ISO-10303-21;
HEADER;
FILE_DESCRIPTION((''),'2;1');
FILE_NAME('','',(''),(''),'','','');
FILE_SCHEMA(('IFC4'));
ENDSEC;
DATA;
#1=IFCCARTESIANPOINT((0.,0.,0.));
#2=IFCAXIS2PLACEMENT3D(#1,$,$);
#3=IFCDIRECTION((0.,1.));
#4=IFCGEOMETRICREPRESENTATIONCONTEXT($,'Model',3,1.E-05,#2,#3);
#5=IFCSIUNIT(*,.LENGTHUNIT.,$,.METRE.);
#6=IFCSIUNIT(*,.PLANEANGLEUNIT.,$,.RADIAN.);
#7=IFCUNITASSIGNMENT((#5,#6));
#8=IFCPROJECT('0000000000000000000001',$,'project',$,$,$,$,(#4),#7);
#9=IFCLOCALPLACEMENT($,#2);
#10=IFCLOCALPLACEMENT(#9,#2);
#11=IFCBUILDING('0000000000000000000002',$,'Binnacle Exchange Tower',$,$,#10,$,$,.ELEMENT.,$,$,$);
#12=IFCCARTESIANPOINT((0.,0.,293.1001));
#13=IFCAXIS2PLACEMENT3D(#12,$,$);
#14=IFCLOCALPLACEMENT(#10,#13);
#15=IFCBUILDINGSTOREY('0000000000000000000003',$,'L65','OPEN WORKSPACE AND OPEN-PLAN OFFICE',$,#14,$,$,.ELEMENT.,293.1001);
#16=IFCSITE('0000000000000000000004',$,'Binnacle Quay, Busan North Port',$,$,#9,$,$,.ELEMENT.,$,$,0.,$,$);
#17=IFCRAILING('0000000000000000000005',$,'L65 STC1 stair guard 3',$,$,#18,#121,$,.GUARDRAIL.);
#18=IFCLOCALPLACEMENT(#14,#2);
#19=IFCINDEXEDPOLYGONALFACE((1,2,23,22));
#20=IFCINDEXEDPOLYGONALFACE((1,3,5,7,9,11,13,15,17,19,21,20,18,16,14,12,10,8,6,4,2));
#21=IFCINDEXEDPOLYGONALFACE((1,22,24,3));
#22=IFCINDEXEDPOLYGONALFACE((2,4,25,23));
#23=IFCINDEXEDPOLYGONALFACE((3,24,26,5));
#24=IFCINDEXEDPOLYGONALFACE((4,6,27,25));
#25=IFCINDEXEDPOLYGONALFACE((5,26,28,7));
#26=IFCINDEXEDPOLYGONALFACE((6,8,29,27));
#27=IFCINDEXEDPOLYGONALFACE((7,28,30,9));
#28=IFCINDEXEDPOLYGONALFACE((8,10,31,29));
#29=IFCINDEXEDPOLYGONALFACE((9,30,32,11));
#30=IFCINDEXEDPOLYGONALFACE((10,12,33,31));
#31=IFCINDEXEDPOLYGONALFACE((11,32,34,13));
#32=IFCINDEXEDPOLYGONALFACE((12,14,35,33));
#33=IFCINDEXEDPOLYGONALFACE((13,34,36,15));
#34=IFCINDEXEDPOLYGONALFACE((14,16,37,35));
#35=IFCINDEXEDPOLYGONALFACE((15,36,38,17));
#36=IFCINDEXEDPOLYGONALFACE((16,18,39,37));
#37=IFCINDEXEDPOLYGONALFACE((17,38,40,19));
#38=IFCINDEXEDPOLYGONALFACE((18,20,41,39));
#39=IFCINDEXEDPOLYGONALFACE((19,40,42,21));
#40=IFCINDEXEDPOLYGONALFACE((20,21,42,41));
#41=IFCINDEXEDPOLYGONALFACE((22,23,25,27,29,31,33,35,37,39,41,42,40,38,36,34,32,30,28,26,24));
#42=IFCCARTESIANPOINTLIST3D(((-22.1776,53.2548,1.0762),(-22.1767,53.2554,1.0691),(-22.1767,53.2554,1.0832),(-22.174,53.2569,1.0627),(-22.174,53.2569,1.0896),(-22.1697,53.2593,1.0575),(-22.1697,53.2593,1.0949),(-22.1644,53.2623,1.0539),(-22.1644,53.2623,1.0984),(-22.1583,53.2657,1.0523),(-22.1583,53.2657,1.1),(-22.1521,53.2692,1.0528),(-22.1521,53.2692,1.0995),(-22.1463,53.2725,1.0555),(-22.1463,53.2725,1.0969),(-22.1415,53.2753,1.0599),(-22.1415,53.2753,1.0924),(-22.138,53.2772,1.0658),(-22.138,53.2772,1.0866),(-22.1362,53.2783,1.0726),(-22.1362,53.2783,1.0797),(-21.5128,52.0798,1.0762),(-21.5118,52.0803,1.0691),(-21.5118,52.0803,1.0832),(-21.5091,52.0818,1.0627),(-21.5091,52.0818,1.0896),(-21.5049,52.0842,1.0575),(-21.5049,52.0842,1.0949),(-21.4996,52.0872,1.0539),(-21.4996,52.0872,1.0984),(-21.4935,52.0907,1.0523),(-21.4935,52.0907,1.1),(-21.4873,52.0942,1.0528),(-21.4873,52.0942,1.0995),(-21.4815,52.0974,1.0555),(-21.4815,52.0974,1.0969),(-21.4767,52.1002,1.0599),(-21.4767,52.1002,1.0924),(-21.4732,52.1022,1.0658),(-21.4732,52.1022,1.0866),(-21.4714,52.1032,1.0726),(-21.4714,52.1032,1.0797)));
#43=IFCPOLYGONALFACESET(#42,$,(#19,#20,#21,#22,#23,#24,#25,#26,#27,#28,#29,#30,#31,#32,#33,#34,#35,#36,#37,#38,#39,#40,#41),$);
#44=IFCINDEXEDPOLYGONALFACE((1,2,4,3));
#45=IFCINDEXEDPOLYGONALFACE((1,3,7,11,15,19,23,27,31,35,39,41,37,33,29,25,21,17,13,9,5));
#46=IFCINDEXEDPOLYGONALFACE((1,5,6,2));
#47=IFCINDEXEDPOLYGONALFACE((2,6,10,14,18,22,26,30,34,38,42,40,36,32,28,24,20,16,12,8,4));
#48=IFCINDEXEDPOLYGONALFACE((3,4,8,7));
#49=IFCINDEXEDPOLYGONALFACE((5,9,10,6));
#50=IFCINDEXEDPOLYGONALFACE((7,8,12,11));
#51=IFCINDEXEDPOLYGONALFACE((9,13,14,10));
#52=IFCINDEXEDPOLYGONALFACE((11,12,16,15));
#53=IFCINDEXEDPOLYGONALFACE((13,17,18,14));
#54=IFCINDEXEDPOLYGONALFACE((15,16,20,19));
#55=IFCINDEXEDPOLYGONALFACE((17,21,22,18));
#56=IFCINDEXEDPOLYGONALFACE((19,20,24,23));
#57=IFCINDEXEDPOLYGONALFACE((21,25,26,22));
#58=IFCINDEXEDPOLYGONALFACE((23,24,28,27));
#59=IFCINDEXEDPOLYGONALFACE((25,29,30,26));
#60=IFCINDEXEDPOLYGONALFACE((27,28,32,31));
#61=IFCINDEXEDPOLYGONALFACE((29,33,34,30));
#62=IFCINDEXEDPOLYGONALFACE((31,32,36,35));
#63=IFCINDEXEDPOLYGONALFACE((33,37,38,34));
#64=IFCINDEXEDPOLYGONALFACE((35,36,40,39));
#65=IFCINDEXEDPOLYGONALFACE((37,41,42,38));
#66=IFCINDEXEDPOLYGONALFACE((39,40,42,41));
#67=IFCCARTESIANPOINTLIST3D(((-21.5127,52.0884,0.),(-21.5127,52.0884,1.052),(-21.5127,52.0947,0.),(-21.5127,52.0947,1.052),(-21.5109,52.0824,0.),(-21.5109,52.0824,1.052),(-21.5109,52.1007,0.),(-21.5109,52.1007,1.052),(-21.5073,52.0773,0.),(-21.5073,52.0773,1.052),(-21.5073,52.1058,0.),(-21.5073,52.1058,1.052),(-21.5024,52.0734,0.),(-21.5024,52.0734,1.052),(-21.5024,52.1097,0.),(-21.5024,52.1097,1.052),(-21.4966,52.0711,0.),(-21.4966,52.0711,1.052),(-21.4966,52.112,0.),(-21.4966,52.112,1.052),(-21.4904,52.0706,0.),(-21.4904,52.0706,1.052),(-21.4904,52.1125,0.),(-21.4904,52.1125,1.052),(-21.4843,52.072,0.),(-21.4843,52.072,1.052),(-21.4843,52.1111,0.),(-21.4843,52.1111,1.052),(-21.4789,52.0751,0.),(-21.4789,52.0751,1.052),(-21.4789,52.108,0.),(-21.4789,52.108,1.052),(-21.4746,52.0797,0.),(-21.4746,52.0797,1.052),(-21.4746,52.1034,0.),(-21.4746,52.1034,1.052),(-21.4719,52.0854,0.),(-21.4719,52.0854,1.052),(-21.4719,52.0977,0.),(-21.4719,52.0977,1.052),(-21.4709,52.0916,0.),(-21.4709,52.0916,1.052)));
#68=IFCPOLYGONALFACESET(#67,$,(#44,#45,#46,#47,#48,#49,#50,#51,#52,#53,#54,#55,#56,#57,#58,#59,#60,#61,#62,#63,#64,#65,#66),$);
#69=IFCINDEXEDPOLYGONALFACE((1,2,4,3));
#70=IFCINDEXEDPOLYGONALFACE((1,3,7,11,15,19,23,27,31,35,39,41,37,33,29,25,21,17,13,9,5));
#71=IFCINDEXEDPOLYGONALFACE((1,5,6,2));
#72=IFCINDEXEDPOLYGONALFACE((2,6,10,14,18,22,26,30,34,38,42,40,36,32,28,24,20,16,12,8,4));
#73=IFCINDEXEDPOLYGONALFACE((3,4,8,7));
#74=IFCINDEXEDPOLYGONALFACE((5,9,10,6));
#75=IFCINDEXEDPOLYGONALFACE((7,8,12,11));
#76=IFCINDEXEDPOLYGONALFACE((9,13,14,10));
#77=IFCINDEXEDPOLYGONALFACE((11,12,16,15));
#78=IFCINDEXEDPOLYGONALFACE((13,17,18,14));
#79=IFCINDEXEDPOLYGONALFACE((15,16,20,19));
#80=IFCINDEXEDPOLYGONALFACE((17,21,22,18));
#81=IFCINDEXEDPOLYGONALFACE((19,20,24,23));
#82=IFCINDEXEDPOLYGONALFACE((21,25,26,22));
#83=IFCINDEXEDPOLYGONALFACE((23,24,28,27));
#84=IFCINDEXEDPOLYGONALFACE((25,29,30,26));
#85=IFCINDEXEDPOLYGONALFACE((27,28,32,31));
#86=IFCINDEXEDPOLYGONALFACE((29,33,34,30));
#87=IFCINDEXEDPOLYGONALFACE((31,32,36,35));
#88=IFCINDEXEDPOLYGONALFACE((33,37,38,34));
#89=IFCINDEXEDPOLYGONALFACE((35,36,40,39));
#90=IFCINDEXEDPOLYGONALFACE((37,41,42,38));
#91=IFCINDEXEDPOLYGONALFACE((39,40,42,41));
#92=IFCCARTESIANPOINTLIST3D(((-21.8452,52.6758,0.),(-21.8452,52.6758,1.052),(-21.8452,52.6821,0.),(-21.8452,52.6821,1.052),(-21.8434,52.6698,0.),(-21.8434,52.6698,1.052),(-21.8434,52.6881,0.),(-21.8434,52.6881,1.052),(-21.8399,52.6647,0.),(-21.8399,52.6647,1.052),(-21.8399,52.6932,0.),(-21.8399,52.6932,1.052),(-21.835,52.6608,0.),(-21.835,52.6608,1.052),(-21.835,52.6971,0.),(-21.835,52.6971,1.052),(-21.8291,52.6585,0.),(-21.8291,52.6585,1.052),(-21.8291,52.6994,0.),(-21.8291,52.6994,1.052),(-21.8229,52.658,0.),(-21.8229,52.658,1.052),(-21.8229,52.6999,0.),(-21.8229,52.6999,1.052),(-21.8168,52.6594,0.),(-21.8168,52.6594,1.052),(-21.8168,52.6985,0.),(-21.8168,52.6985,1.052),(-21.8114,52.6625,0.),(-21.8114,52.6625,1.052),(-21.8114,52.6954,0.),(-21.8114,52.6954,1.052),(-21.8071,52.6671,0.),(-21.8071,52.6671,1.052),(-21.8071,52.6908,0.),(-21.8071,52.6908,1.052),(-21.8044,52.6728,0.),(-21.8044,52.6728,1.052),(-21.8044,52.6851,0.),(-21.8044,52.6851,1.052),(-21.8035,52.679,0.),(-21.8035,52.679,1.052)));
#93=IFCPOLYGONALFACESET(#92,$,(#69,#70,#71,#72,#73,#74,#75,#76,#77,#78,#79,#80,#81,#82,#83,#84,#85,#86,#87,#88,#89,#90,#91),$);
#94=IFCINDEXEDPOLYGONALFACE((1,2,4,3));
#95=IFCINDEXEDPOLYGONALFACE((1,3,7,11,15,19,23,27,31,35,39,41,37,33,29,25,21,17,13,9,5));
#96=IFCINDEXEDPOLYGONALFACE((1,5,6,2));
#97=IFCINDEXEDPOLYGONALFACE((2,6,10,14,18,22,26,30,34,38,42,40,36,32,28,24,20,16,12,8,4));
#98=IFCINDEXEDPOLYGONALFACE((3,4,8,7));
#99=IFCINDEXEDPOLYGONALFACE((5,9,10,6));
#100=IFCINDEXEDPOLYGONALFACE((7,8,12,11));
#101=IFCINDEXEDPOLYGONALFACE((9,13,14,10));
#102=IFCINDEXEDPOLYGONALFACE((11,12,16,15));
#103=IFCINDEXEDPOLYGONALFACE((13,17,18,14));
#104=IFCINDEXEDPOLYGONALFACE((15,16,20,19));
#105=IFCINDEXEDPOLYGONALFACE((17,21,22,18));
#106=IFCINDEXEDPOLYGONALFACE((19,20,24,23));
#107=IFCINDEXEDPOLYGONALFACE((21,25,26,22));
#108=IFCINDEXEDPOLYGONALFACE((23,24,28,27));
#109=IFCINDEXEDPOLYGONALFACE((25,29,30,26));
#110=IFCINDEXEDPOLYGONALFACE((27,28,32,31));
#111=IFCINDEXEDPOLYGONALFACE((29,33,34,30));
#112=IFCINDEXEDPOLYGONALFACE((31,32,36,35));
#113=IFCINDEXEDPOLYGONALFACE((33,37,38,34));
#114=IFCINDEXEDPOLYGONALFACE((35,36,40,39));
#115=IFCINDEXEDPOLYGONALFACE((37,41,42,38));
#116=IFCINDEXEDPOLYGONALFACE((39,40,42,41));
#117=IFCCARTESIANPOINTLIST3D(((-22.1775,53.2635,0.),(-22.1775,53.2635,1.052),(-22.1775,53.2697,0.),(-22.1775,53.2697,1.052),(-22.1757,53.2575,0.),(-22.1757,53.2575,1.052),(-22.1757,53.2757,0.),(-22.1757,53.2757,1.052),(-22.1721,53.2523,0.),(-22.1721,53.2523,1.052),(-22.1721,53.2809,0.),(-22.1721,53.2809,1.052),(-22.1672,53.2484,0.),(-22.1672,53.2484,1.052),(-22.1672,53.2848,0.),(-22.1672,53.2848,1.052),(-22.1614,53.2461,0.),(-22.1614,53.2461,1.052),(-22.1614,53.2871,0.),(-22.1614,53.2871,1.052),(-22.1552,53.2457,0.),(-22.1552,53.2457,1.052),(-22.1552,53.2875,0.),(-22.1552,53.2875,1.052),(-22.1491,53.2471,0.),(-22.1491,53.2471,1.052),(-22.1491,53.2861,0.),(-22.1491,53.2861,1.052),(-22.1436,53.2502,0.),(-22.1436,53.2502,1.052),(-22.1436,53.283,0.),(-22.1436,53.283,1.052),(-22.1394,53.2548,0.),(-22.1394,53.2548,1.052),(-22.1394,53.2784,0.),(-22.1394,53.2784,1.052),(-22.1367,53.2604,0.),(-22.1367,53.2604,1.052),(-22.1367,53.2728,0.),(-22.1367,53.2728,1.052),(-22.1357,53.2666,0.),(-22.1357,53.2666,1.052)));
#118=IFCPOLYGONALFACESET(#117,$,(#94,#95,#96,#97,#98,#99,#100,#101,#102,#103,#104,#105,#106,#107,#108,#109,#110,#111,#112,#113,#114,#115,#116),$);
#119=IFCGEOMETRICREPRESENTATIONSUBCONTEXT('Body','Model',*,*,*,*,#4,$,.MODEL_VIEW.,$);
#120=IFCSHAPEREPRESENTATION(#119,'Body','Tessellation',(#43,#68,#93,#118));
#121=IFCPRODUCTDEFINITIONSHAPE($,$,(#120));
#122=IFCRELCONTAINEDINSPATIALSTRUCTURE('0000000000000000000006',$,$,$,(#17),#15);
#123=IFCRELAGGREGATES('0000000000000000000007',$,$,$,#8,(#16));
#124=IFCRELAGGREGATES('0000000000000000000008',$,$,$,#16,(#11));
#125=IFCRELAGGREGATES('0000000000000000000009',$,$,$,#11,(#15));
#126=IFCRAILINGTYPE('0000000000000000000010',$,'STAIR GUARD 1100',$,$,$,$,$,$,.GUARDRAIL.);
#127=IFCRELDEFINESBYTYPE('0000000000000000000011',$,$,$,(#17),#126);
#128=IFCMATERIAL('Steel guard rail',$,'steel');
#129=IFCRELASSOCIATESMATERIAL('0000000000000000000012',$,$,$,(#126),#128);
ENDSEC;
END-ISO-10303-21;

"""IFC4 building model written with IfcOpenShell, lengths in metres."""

from ifc_helpers import new_model, si_unit, direction, frame, origin, origin_2d, place, context, subcontext, project, spatial, circle, extrude, material, type_object, element, save


model = new_model("IFC4")

# Units and contexts
model_context = context("Model", 3, precision=1e-05, world=origin(), true_north=direction((0.0, 1.0)))
body_context = subcontext(model_context, "Body", "Model", "MODEL_VIEW")
ifc_project = project(units=[si_unit("LENGTHUNIT", "METRE"), si_unit("PLANEANGLEUNIT", "RADIAN")], contexts=[model_context])

# Site, building, storey
site_placement = place(None, origin())
site = spatial("IfcSite", under=ifc_project, at=site_placement, Name="Binnacle Quay, Busan North Port", CompositionType="ELEMENT", RefElevation=0.0)
building_placement = place(site_placement, origin())
building = spatial("IfcBuilding", under=site, at=building_placement, Name="Binnacle Exchange Tower", CompositionType="ELEMENT")
storey_placement = place(building_placement, frame((0.0, 0.0, 293.1001)))
storey = spatial("IfcBuildingStorey", under=building, at=storey_placement, Name="L65", Description="OPEN WORKSPACE AND OPEN-PLAN OFFICE", CompositionType="ELEMENT", Elevation=293.1001)

# Railing
ifc_material_1 = material(Name="Steel guard rail", Category="steel")
railing_type_1 = type_object("IfcRailingType", Name="STAIR GUARD 1100", PredefinedType="GUARDRAIL", material=ifc_material_1)
railing_1_placement = place(storey_placement, frame((-21.4919, 52.0916, 0.0)))
element("IfcRailing", 1, at=railing_1_placement, inside=storey, type_object=railing_type_1, Name="L65 STC1 stair guard 3", PredefinedType="GUARDRAIL", context=body_context, shape_type="SweptSolid", body=[
    extrude(circle(Radius=0.0239, at=origin_2d()), frame((0.0, 0.0, 1.0762), z_axis=(-0.492415, 0.870361, 0.0), x_axis=(-0.870361, -0.492415, 0.0)), (0.0, 0.0, 1.0), 1.3501),
    extrude(circle(Radius=0.021, at=origin_2d()), origin(), (0.0, 0.0, 1.0), 1.052),
    extrude(circle(Radius=0.021, at=origin_2d()), frame((-0.3325, 0.5874, 0.0)), (0.0, 0.0, 1.0), 1.052),
    extrude(circle(Radius=0.021, at=origin_2d()), frame((-0.6648, 1.175, 0.0)), (0.0, 0.0, 1.0), 1.052),
])

save(model, "model.ifc")
